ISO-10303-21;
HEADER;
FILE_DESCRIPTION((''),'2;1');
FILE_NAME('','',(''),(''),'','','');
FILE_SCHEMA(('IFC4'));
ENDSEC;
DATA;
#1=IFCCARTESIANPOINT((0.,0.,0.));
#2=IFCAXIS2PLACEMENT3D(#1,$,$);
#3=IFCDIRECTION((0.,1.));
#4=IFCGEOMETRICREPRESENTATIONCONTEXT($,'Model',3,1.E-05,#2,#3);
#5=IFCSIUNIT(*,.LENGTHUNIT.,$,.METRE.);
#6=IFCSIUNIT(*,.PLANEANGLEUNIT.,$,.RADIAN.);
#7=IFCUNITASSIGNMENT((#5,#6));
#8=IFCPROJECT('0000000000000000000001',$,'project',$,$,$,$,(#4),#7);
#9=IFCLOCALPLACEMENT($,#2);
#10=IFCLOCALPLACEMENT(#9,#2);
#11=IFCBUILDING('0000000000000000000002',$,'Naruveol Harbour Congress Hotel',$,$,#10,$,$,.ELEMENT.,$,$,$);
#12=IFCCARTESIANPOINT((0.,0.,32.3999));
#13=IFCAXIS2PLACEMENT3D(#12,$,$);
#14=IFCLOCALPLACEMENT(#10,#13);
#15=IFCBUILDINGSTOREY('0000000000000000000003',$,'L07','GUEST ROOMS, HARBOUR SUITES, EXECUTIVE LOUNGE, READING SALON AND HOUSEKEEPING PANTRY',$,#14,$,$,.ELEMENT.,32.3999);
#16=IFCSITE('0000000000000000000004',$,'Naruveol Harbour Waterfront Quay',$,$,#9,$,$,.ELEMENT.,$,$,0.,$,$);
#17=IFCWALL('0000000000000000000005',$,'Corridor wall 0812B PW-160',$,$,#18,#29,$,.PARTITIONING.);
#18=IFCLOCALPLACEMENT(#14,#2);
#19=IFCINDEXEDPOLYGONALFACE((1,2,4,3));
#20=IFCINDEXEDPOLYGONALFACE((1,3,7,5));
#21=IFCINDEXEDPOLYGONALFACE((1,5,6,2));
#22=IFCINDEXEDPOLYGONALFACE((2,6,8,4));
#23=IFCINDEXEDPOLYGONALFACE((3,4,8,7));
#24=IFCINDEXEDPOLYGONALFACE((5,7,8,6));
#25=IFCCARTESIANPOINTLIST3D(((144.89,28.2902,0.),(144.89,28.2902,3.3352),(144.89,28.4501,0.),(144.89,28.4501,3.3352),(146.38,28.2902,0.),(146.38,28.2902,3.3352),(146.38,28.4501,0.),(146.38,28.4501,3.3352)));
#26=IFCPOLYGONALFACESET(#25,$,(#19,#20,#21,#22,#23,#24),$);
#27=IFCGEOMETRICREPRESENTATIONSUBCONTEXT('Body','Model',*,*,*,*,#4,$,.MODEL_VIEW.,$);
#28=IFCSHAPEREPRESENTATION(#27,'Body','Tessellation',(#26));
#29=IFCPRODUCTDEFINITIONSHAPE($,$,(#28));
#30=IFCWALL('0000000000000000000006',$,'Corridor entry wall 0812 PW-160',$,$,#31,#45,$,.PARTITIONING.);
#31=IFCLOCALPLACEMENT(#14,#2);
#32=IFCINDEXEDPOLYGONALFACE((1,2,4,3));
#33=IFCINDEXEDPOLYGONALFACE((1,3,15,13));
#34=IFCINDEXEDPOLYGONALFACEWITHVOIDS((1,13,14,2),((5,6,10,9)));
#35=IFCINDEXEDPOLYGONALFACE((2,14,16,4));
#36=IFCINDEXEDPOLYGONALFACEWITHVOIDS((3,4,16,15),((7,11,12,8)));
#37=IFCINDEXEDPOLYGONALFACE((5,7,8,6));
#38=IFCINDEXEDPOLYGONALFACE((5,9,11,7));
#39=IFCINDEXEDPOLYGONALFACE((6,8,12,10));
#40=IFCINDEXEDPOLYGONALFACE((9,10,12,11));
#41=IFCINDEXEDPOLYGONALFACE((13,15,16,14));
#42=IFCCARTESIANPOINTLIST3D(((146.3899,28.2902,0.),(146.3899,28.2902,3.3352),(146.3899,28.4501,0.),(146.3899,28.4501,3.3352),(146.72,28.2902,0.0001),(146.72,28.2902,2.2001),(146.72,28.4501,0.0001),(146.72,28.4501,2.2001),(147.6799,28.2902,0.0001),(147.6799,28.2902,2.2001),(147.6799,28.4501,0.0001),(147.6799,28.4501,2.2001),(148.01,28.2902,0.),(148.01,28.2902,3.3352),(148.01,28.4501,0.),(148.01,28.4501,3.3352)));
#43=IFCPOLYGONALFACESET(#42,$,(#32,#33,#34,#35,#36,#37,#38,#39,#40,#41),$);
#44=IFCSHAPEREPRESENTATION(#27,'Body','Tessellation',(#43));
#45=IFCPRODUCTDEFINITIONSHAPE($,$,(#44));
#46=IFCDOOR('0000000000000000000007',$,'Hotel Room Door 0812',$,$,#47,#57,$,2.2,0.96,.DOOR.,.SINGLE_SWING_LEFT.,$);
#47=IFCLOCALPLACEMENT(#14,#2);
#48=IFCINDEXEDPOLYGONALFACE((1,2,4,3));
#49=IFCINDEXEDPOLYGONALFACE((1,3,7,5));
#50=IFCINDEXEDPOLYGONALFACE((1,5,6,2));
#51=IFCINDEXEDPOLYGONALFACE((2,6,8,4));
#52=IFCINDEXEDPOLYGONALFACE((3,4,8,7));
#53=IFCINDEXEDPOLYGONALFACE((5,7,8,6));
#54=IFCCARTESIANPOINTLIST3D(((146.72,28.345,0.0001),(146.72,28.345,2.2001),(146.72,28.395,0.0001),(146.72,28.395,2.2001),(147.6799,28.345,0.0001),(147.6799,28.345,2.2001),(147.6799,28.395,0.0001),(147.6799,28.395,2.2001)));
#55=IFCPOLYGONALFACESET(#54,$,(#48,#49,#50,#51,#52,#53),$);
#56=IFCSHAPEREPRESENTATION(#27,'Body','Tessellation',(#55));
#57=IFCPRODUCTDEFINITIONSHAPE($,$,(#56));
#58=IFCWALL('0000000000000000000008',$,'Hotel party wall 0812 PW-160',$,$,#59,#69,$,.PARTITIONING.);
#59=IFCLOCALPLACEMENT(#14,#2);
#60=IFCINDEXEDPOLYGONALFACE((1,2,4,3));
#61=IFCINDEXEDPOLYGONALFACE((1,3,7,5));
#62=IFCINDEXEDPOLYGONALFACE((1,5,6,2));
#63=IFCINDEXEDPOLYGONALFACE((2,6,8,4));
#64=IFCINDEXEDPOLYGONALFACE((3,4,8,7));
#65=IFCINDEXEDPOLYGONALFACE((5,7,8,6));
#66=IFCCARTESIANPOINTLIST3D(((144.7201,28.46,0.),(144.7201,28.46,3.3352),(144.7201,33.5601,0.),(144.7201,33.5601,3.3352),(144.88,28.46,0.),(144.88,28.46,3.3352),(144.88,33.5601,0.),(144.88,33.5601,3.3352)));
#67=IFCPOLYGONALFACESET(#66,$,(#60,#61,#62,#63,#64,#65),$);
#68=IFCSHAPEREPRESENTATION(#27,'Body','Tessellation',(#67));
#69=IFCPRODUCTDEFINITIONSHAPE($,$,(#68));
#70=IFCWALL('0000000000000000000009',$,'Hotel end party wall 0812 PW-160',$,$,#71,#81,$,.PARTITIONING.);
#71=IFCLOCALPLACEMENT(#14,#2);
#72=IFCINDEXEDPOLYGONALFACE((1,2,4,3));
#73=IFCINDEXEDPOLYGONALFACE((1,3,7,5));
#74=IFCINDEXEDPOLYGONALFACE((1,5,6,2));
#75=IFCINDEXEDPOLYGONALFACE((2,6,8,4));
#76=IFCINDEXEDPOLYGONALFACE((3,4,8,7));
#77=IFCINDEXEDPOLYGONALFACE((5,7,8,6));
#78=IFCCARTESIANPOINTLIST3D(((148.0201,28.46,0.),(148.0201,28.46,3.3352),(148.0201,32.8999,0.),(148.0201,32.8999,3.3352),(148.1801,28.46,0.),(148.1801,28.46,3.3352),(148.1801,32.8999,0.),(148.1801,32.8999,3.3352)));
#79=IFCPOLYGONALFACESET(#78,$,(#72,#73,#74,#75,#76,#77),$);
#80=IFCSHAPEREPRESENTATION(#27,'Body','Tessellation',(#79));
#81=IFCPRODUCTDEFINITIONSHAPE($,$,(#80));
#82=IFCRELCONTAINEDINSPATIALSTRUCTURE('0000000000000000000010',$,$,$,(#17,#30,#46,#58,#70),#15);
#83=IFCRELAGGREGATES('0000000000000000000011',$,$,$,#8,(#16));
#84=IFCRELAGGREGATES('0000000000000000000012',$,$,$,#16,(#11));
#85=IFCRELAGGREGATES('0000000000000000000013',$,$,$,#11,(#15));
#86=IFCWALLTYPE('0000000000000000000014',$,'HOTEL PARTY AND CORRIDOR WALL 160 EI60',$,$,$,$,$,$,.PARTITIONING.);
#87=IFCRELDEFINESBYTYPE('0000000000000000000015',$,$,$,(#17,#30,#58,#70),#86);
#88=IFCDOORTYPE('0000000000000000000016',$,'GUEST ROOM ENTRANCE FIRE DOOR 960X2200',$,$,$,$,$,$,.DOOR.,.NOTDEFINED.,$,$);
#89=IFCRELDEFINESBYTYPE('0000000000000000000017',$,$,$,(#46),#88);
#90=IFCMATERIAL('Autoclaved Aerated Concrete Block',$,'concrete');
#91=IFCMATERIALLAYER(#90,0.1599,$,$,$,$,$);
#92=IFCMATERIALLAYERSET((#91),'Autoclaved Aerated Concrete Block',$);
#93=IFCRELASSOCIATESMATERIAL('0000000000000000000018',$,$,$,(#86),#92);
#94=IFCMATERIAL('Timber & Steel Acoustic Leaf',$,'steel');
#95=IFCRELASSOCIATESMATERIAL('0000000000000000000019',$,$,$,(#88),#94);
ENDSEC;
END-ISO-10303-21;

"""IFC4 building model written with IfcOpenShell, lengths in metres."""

from ifc_helpers import new_model, si_unit, direction, frame, frame_2d, origin, place, context, subcontext, project, spatial, rectangle, extrude, material, layer, layer_set, type_object, element, fill, save


model = new_model("IFC4")

# Units and contexts
model_context = context("Model", 3, precision=1e-05, world=origin(), true_north=direction((0.0, 1.0)))
body_context = subcontext(model_context, "Body", "Model", "MODEL_VIEW")
ifc_project = project(units=[si_unit("LENGTHUNIT", "METRE"), si_unit("PLANEANGLEUNIT", "RADIAN")], contexts=[model_context])

# Site, building, storey
site_placement = place(None, origin())
site = spatial("IfcSite", under=ifc_project, at=site_placement, Name="Naruveol Harbour Waterfront Quay", CompositionType="ELEMENT", RefElevation=0.0)
building_placement = place(site_placement, origin())
building = spatial("IfcBuilding", under=site, at=building_placement, Name="Naruveol Harbour Congress Hotel", CompositionType="ELEMENT")
storey_placement = place(building_placement, frame((0.0, 0.0, 32.3999)))
storey = spatial("IfcBuildingStorey", under=building, at=storey_placement, Name="L07", Description="GUEST ROOMS, HARBOUR SUITES, EXECUTIVE LOUNGE, READING SALON AND HOUSEKEEPING PANTRY", CompositionType="ELEMENT", Elevation=32.3999)

# Shared definitions
ifc_material_1 = material(Name="Autoclaved Aerated Concrete Block", Category="concrete")
ifc_layer_1 = layer(ifc_material_1, 0.1599)
ifc_layer_set_1 = layer_set([ifc_layer_1], Name="Autoclaved Aerated Concrete Block")
wall_type_1 = type_object("IfcWallType", Name="HOTEL PARTY AND CORRIDOR WALL 160 EI60", PredefinedType="PARTITIONING", material=ifc_layer_set_1)
ifc_material_2 = material(Name="Timber & Steel Acoustic Leaf", Category="steel")
door_type_1 = type_object("IfcDoorType", Name="GUEST ROOM ENTRANCE FIRE DOOR 960X2200", OperationType="NOTDEFINED", PredefinedType="DOOR", material=ifc_material_2)

# Wall
wall_1_placement = place(storey_placement, frame((144.8899, 28.3701, 0.0), z_axis=(0.0, 0.0, 1.0), x_axis=(1.0, 0.0, 0.0)))
element("IfcWall", 1, at=wall_1_placement, inside=storey, type_object=wall_type_1, Name="Corridor wall 0812B PW-160", PredefinedType="PARTITIONING", context=body_context, shape_type="SweptSolid", body=[
    extrude(rectangle(XDim=1.49, YDim=0.1599, at=frame_2d((0.7451, 0.0))), origin(), (0.0, 0.0, 1.0), 3.3352),
])

# Wall, opening, door
wall_2_placement = place(storey_placement, frame((146.3899, 28.3701, 0.0), z_axis=(0.0, 0.0, 1.0), x_axis=(1.0, 0.0, 0.0)))
wall_2 = element("IfcWall", 2, at=wall_2_placement, inside=storey, type_object=wall_type_1, Name="Corridor entry wall 0812 PW-160", PredefinedType="PARTITIONING", context=body_context, shape_type="SweptSolid", body=[
    extrude(rectangle(XDim=1.6201, YDim=0.1599, at=frame_2d((0.8101, 0.0))), origin(), (0.0, 0.0, 1.0), 3.3352),
])
opening_1_placement = place(wall_2_placement, frame((0.3301, 0.0, 0.0)))
opening_1 = element("IfcOpeningElement", 3, at=opening_1_placement, cuts=wall_2, PredefinedType="OPENING", context=body_context, shape_type="SweptSolid", body=[
    extrude(rectangle(XDim=0.96, YDim=2.2, at=frame_2d((0.48, 1.1001))), frame((0.0, 0.0898, 0.0), z_axis=(0.0, -1.0, 0.0), x_axis=(1.0, 0.0, 0.0)), (0.0, 0.0, 1.0), 0.1799),
])
door_1_placement = place(opening_1_placement, origin())
door_1 = element("IfcDoor", 4, at=door_1_placement, inside=storey, type_object=door_type_1, Name="Hotel Room Door 0812", OperationType="SINGLE_SWING_LEFT", OverallHeight=2.2, OverallWidth=0.96, PredefinedType="DOOR", context=body_context, shape_type="SweptSolid", body=[
    extrude(rectangle(XDim=0.96, YDim=2.2, at=frame_2d((0.48, 1.1001))), frame((0.0, 0.0249, 0.0), z_axis=(0.0, -1.0, 0.0), x_axis=(1.0, 0.0, 0.0)), (0.0, 0.0, 1.0), 0.05),
])
fill(opening_1, door_1)

# Walls
wall_3_placement = place(storey_placement, frame((144.8, 28.46, 0.0), z_axis=(0.0, 0.0, 1.0), x_axis=(0.0, 1.0, 0.0)))
element("IfcWall", 5, at=wall_3_placement, inside=storey, type_object=wall_type_1, Name="Hotel party wall 0812 PW-160", PredefinedType="PARTITIONING", context=body_context, shape_type="SweptSolid", body=[
    extrude(rectangle(XDim=5.1001, YDim=0.1599, at=frame_2d((2.55, 0.0))), origin(), (0.0, 0.0, 1.0), 3.3352),
])
wall_4_placement = place(storey_placement, frame((148.1001, 28.46, 0.0), z_axis=(0.0, 0.0, 1.0), x_axis=(0.0, 1.0, 0.0)))
element("IfcWall", 6, at=wall_4_placement, inside=storey, type_object=wall_type_1, Name="Hotel end party wall 0812 PW-160", PredefinedType="PARTITIONING", context=body_context, shape_type="SweptSolid", body=[
    extrude(rectangle(XDim=4.4399, YDim=0.1599, at=frame_2d((2.22, 0.0))), origin(), (0.0, 0.0, 1.0), 3.3352),
])

save(model, "model.ifc")
